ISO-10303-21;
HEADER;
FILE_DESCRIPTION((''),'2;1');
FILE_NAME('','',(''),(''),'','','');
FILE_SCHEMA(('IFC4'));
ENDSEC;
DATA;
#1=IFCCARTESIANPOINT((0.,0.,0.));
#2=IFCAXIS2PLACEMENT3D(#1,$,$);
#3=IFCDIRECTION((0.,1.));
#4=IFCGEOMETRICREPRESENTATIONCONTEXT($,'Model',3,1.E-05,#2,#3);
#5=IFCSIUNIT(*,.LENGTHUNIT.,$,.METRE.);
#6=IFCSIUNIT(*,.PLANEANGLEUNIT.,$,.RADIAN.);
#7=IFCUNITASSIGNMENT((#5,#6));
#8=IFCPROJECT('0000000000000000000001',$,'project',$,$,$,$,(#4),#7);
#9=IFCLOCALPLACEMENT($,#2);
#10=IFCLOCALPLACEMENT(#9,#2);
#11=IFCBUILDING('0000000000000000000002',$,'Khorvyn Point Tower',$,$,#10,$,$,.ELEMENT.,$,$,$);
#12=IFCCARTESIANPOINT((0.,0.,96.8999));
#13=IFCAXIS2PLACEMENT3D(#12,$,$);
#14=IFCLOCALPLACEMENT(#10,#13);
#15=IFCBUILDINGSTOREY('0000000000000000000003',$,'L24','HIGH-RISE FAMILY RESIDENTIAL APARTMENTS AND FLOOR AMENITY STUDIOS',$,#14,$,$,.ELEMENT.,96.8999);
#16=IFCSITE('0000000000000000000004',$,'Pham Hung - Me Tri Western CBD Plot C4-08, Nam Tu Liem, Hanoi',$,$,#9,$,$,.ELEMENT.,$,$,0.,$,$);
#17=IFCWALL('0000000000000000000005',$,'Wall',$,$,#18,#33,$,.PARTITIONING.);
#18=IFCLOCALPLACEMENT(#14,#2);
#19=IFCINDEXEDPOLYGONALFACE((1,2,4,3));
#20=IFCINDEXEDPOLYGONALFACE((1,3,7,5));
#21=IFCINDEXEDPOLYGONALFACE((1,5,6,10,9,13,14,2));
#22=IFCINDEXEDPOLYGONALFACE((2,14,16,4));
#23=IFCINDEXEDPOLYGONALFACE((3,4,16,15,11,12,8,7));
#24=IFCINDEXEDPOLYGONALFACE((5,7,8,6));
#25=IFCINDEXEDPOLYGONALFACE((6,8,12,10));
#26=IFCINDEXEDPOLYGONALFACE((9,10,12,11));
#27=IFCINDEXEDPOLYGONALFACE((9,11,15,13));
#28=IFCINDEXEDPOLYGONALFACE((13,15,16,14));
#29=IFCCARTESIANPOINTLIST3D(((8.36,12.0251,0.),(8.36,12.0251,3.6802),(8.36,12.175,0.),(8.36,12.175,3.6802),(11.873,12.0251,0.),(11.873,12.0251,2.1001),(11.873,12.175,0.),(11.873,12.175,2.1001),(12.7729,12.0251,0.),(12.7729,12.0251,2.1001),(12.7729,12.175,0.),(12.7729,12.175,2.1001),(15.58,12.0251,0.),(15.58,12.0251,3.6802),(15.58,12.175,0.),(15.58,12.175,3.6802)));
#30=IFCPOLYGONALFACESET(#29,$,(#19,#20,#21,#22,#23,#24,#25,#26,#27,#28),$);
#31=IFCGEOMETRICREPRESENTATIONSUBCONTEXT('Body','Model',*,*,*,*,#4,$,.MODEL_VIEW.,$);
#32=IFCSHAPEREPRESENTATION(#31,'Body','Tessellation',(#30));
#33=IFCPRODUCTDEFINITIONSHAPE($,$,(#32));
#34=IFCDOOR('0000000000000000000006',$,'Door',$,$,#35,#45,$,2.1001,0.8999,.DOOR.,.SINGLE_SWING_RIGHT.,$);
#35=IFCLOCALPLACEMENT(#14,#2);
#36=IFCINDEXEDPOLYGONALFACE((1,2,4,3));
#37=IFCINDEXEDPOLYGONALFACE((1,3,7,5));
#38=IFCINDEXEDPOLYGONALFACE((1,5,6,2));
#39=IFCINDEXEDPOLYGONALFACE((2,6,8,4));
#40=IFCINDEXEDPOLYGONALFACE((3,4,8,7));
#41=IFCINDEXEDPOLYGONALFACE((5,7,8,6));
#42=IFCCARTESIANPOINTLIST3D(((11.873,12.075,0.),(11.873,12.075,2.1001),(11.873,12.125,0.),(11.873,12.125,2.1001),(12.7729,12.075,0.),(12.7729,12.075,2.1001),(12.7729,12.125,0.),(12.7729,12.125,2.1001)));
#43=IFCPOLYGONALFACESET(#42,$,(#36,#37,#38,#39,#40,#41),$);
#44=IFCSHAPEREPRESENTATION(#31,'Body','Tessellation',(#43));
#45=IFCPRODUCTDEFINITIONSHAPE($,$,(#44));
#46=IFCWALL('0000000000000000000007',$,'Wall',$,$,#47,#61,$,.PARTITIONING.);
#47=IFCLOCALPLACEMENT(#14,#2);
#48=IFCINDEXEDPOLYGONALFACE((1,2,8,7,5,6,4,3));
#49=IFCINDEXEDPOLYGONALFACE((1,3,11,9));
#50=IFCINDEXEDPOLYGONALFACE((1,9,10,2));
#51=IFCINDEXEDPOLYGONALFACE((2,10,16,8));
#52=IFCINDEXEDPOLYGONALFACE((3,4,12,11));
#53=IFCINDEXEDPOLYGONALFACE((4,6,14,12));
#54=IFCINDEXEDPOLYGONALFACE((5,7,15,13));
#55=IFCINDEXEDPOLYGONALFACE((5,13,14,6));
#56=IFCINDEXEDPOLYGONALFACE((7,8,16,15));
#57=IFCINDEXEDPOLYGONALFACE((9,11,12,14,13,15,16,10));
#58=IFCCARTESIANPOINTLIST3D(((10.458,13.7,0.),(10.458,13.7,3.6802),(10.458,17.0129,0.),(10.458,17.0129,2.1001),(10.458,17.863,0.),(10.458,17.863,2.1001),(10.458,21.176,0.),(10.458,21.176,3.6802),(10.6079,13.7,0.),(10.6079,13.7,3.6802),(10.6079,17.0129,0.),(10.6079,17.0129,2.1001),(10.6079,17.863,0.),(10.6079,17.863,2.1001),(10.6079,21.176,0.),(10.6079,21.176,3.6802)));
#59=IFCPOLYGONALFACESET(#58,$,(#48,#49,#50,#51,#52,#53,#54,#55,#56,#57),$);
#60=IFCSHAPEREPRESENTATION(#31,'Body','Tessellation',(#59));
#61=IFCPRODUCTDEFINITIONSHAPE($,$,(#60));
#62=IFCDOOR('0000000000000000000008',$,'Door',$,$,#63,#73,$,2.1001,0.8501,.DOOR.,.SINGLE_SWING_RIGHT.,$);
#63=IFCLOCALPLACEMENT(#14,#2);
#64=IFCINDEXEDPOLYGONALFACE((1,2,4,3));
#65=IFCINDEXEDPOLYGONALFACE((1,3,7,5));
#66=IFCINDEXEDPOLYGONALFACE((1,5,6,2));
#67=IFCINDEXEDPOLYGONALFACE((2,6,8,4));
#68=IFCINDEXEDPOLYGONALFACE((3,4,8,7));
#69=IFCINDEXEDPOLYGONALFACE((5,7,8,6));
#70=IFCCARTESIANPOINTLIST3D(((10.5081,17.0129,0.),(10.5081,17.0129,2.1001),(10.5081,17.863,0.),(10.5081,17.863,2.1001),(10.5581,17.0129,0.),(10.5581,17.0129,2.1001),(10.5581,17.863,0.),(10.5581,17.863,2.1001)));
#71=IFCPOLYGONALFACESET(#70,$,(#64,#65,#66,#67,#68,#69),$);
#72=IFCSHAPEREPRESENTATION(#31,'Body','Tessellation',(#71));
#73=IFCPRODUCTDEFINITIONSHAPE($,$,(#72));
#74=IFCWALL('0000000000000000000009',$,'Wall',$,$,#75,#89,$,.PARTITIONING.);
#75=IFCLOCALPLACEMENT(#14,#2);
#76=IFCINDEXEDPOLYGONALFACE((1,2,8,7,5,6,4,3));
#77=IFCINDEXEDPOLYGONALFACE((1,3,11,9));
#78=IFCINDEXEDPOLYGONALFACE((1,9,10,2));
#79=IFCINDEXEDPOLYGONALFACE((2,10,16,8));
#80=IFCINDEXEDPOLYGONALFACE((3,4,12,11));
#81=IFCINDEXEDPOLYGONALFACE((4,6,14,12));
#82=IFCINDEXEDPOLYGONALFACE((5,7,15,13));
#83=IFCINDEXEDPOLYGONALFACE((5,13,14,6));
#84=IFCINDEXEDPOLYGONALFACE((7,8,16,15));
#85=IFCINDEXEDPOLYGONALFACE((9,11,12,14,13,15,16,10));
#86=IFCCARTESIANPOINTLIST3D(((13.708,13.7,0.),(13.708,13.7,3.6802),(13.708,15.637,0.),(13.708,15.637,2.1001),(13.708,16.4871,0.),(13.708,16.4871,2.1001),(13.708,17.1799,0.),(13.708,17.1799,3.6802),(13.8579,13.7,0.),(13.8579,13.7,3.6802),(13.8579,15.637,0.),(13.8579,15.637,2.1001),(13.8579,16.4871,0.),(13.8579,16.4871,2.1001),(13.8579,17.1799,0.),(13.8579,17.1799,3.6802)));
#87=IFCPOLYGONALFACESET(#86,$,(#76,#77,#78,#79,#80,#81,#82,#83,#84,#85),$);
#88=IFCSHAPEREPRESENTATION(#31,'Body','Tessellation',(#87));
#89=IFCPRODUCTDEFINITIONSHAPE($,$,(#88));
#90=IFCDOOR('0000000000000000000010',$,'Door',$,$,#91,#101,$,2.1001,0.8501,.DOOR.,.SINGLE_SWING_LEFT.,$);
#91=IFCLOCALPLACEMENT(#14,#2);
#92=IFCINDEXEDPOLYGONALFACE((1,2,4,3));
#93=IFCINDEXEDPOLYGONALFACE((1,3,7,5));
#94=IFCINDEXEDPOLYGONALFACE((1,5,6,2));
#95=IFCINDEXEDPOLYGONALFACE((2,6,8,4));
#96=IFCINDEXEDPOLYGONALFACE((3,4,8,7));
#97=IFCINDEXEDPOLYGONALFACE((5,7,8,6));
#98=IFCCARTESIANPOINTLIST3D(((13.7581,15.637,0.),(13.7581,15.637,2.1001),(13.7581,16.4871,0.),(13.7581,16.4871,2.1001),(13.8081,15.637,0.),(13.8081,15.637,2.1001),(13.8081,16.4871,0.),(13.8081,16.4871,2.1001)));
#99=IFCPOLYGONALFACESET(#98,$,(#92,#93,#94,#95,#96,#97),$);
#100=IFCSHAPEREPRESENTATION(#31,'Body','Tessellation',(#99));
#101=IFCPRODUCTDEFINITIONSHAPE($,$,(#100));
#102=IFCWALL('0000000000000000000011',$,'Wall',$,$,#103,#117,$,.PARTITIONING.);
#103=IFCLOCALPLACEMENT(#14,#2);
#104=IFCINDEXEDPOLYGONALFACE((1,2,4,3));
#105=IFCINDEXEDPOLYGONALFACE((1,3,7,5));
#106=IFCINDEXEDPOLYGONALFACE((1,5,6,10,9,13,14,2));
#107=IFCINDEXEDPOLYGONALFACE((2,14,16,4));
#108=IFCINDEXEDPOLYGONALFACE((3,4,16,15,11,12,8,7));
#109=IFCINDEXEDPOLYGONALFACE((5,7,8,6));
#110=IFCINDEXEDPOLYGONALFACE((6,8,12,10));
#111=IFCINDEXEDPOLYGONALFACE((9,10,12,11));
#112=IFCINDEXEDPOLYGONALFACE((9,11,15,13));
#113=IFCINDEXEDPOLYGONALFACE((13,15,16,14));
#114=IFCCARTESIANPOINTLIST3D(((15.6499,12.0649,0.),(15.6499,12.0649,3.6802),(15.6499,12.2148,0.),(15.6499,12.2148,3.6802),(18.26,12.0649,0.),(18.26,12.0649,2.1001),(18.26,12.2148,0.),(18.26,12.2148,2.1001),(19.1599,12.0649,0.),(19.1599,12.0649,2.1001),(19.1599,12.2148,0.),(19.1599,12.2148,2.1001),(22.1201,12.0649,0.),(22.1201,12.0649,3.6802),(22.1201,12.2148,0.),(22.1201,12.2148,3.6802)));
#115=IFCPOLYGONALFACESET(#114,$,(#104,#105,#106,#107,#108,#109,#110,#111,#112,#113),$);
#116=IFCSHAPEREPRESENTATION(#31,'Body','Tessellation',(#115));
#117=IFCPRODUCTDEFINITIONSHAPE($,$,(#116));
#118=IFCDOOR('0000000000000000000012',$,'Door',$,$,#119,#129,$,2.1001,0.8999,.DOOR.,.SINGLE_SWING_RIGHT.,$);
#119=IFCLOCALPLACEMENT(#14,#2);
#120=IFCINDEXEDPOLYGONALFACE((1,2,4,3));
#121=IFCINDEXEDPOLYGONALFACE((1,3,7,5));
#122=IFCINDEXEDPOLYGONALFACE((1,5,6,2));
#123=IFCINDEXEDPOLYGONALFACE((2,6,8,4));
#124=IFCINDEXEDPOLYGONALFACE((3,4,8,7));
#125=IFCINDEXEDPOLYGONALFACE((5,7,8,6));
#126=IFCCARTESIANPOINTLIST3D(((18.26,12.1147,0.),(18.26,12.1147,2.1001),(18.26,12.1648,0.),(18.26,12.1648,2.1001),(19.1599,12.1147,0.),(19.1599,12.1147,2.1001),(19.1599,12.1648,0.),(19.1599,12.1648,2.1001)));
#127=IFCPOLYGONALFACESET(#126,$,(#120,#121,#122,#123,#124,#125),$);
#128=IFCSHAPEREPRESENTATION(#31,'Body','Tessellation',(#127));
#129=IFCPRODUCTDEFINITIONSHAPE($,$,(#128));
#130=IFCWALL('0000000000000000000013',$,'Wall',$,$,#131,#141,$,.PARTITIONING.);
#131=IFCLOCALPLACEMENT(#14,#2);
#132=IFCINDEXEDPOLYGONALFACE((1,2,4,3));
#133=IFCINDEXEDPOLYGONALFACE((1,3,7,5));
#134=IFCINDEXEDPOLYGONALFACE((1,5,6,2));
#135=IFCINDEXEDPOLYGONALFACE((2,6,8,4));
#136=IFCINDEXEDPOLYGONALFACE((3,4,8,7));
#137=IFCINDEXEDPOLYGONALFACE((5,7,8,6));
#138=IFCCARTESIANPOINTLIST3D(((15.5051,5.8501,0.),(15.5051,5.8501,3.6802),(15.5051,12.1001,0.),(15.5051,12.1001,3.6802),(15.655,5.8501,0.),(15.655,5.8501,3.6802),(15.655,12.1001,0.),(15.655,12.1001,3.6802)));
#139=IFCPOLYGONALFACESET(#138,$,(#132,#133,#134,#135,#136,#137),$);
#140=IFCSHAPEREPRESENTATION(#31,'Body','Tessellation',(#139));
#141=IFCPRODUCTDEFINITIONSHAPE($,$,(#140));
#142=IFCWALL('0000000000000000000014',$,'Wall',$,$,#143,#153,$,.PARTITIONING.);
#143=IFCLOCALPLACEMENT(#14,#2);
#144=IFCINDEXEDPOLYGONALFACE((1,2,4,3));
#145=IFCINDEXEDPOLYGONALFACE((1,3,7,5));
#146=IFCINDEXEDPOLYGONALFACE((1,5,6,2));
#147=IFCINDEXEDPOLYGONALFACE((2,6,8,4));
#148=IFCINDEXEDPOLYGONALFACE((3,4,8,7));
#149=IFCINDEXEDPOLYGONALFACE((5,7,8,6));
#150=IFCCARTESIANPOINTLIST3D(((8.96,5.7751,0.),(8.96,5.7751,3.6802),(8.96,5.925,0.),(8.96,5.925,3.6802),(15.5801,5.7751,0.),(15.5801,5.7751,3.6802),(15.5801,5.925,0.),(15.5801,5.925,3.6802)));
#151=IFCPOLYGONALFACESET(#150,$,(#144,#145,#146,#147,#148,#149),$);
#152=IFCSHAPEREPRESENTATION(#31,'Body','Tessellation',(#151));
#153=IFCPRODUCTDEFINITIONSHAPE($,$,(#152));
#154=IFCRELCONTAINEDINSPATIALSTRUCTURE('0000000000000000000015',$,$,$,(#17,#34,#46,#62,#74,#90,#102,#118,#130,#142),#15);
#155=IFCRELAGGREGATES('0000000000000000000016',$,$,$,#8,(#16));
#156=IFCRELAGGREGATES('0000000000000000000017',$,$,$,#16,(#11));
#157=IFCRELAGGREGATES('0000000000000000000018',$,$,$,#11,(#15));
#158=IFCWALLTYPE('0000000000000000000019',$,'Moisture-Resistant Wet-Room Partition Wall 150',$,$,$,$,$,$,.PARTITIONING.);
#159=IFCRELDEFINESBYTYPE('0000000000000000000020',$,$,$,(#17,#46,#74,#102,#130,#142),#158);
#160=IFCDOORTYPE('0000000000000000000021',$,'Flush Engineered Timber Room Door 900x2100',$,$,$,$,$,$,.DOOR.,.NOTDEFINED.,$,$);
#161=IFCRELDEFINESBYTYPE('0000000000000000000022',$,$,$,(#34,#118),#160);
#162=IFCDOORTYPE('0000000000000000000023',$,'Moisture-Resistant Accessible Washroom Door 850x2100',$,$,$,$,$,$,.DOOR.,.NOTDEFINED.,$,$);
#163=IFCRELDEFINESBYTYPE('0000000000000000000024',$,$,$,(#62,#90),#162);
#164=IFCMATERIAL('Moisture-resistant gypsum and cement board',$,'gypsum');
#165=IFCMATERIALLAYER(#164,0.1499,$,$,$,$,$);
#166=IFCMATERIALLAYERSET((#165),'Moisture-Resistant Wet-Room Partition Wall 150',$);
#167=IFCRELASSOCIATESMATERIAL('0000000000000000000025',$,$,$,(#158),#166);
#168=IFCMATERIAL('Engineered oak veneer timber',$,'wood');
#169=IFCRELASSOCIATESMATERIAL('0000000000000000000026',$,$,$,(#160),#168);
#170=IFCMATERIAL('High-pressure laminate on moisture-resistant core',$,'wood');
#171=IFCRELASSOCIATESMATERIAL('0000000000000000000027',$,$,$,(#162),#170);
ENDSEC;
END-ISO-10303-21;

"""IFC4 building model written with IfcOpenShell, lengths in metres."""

from ifc_helpers import new_model, si_unit, direction, frame, frame_2d, origin, place, context, subcontext, project, spatial, rectangle, extrude, material, layer, layer_set, type_object, element, fill, save


model = new_model("IFC4")

# Units and contexts
model_context = context("Model", 3, precision=1e-05, world=origin(), true_north=direction((0.0, 1.0)))
body_context = subcontext(model_context, "Body", "Model", "MODEL_VIEW")
ifc_project = project(units=[si_unit("LENGTHUNIT", "METRE"), si_unit("PLANEANGLEUNIT", "RADIAN")], contexts=[model_context])

# Site, building, storey
site_placement = place(None, origin())
site = spatial("IfcSite", under=ifc_project, at=site_placement, Name="Pham Hung - Me Tri Western CBD Plot C4-08, Nam Tu Liem, Hanoi", CompositionType="ELEMENT", RefElevation=0.0)
building_placement = place(site_placement, origin())
building = spatial("IfcBuilding", under=site, at=building_placement, Name="Khorvyn Point Tower", CompositionType="ELEMENT")
storey_placement = place(building_placement, frame((0.0, 0.0, 96.8999)))
storey = spatial("IfcBuildingStorey", under=building, at=storey_placement, Name="L24", Description="HIGH-RISE FAMILY RESIDENTIAL APARTMENTS AND FLOOR AMENITY STUDIOS", CompositionType="ELEMENT", Elevation=96.8999)

# Walls, openings, doors
ifc_material_1 = material(Name="Moisture-resistant gypsum and cement board", Category="gypsum")
ifc_layer_1 = layer(ifc_material_1, 0.1499)
ifc_layer_set_1 = layer_set([ifc_layer_1], Name="Moisture-Resistant Wet-Room Partition Wall 150")
wall_type_1 = type_object("IfcWallType", Name="Moisture-Resistant Wet-Room Partition Wall 150", PredefinedType="PARTITIONING", material=ifc_layer_set_1)
wall_1_placement = place(storey_placement, frame((8.3601, 12.1001, 0.0), z_axis=(0.0, 0.0, 1.0), x_axis=(1.0, 0.0, 0.0)))
wall_1 = element("IfcWall", 1, at=wall_1_placement, inside=storey, type_object=wall_type_1, Name="Wall", PredefinedType="PARTITIONING", context=body_context, shape_type="SweptSolid", body=[
    extrude(rectangle(XDim=7.22, YDim=0.1499, at=frame_2d((3.6099, 0.0))), origin(), (0.0, 0.0, 1.0), 3.6802),
])
opening_1_placement = place(wall_1_placement, frame((3.5129, 0.0, 0.0)))
opening_1 = element("IfcOpeningElement", 2, at=opening_1_placement, cuts=wall_1, PredefinedType="OPENING", context=body_context, shape_type="SweptSolid", body=[
    extrude(rectangle(XDim=0.8999, YDim=2.1001, at=frame_2d((0.45, 1.05))), frame((0.0, 0.085, 0.0), z_axis=(0.0, -1.0, 0.0), x_axis=(1.0, 0.0, 0.0)), (0.0, 0.0, 1.0), 0.1699),
])
ifc_material_2 = material(Name="Engineered oak veneer timber", Category="wood")
door_type_1 = type_object("IfcDoorType", Name="Flush Engineered Timber Room Door 900x2100", OperationType="NOTDEFINED", PredefinedType="DOOR", material=ifc_material_2)
door_1_placement = place(opening_1_placement, origin())
door_1 = element("IfcDoor", 3, at=door_1_placement, inside=storey, type_object=door_type_1, Name="Door", OperationType="SINGLE_SWING_RIGHT", OverallHeight=2.1001, OverallWidth=0.8999, PredefinedType="DOOR", context=body_context, shape_type="SweptSolid", body=[
    extrude(rectangle(XDim=0.8999, YDim=2.1001, at=frame_2d((0.45, 1.05))), frame((0.0, 0.0249, 0.0), z_axis=(0.0, -1.0, 0.0), x_axis=(1.0, 0.0, 0.0)), (0.0, 0.0, 1.0), 0.05),
])
fill(opening_1, door_1)
wall_2_placement = place(storey_placement, frame((10.533, 13.7, 0.0), z_axis=(0.0, 0.0, 1.0), x_axis=(0.0, 1.0, 0.0)))
wall_2 = element("IfcWall", 4, at=wall_2_placement, inside=storey, type_object=wall_type_1, Name="Wall", PredefinedType="PARTITIONING", context=body_context, shape_type="SweptSolid", body=[
    extrude(rectangle(XDim=7.4761, YDim=0.1499, at=frame_2d((3.738, 0.0))), origin(), (0.0, 0.0, 1.0), 3.6802),
])
opening_2_placement = place(wall_2_placement, frame((3.313, 0.0, 0.0)))
opening_2 = element("IfcOpeningElement", 5, at=opening_2_placement, cuts=wall_2, PredefinedType="OPENING", context=body_context, shape_type="SweptSolid", body=[
    extrude(rectangle(XDim=0.8501, YDim=2.1001, at=frame_2d((0.425, 1.05))), frame((0.0, 0.085, 0.0), z_axis=(0.0, -1.0, 0.0), x_axis=(1.0, 0.0, 0.0)), (0.0, 0.0, 1.0), 0.1699),
])
ifc_material_3 = material(Name="High-pressure laminate on moisture-resistant core", Category="wood")
door_type_2 = type_object("IfcDoorType", Name="Moisture-Resistant Accessible Washroom Door 850x2100", OperationType="NOTDEFINED", PredefinedType="DOOR", material=ifc_material_3)
door_2_placement = place(opening_2_placement, origin())
door_2 = element("IfcDoor", 6, at=door_2_placement, inside=storey, type_object=door_type_2, Name="Door", OperationType="SINGLE_SWING_RIGHT", OverallHeight=2.1001, OverallWidth=0.8501, PredefinedType="DOOR", context=body_context, shape_type="SweptSolid", body=[
    extrude(rectangle(XDim=0.8501, YDim=2.1001, at=frame_2d((0.425, 1.05))), frame((0.0, 0.0249, 0.0), z_axis=(0.0, -1.0, 0.0), x_axis=(1.0, 0.0, 0.0)), (0.0, 0.0, 1.0), 0.05),
])
fill(opening_2, door_2)
wall_3_placement = place(storey_placement, frame((13.783, 13.7, 0.0), z_axis=(0.0, 0.0, 1.0), x_axis=(0.0, 1.0, 0.0)))
wall_3 = element("IfcWall", 7, at=wall_3_placement, inside=storey, type_object=wall_type_1, Name="Wall", PredefinedType="PARTITIONING", context=body_context, shape_type="SweptSolid", body=[
    extrude(rectangle(XDim=3.48, YDim=0.1499, at=frame_2d((1.74, 0.0))), origin(), (0.0, 0.0, 1.0), 3.6802),
])
opening_3_placement = place(wall_3_placement, frame((1.937, 0.0, 0.0)))
opening_3 = element("IfcOpeningElement", 8, at=opening_3_placement, cuts=wall_3, PredefinedType="OPENING", context=body_context, shape_type="SweptSolid", body=[
    extrude(rectangle(XDim=0.8501, YDim=2.1001, at=frame_2d((0.425, 1.05))), frame((0.0, 0.085, 0.0), z_axis=(0.0, -1.0, 0.0), x_axis=(1.0, 0.0, 0.0)), (0.0, 0.0, 1.0), 0.1699),
])
door_3_placement = place(opening_3_placement, origin())
door_3 = element("IfcDoor", 9, at=door_3_placement, inside=storey, type_object=door_type_2, Name="Door", OperationType="SINGLE_SWING_LEFT", OverallHeight=2.1001, OverallWidth=0.8501, PredefinedType="DOOR", context=body_context, shape_type="SweptSolid", body=[
    extrude(rectangle(XDim=0.8501, YDim=2.1001, at=frame_2d((0.425, 1.05))), frame((0.0, 0.0249, 0.0), z_axis=(0.0, -1.0, 0.0), x_axis=(1.0, 0.0, 0.0)), (0.0, 0.0, 1.0), 0.05),
])
fill(opening_3, door_3)
wall_4_placement = place(storey_placement, frame((15.6499, 12.1399, 0.0), z_axis=(0.0, 0.0, 1.0), x_axis=(1.0, 0.0, 0.0)))
wall_4 = element("IfcWall", 10, at=wall_4_placement, inside=storey, type_object=wall_type_1, Name="Wall", PredefinedType="PARTITIONING", context=body_context, shape_type="SweptSolid", body=[
    extrude(rectangle(XDim=6.4702, YDim=0.1499, at=frame_2d((3.2351, 0.0))), origin(), (0.0, 0.0, 1.0), 3.6802),
])
opening_4_placement = place(wall_4_placement, frame((2.6101, 0.0, 0.0)))
opening_4 = element("IfcOpeningElement", 11, at=opening_4_placement, cuts=wall_4, PredefinedType="OPENING", context=body_context, shape_type="SweptSolid", body=[
    extrude(rectangle(XDim=0.8999, YDim=2.1001, at=frame_2d((0.45, 1.05))), frame((0.0, 0.085, 0.0), z_axis=(0.0, -1.0, 0.0), x_axis=(1.0, 0.0, 0.0)), (0.0, 0.0, 1.0), 0.1699),
])
door_4_placement = place(opening_4_placement, origin())
door_4 = element("IfcDoor", 12, at=door_4_placement, inside=storey, type_object=door_type_1, Name="Door", OperationType="SINGLE_SWING_RIGHT", OverallHeight=2.1001, OverallWidth=0.8999, PredefinedType="DOOR", context=body_context, shape_type="SweptSolid", body=[
    extrude(rectangle(XDim=0.8999, YDim=2.1001, at=frame_2d((0.45, 1.05))), frame((0.0, 0.0249, 0.0), z_axis=(0.0, -1.0, 0.0), x_axis=(1.0, 0.0, 0.0)), (0.0, 0.0, 1.0), 0.05),
])
fill(opening_4, door_4)

# Walls
wall_5_placement = place(storey_placement, frame((15.5801, 5.8501, 0.0), z_axis=(0.0, 0.0, 1.0), x_axis=(0.0, 1.0, 0.0)))
element("IfcWall", 13, at=wall_5_placement, inside=storey, type_object=wall_type_1, Name="Wall", PredefinedType="PARTITIONING", context=body_context, shape_type="SweptSolid", body=[
    extrude(rectangle(XDim=6.25, YDim=0.1499, at=frame_2d((3.125, 0.0))), origin(), (0.0, 0.0, 1.0), 3.6802),
])
wall_6_placement = place(storey_placement, frame((8.96, 5.8501, 0.0), z_axis=(0.0, 0.0, 1.0), x_axis=(1.0, 0.0, 0.0)))
element("IfcWall", 14, at=wall_6_placement, inside=storey, type_object=wall_type_1, Name="Wall", PredefinedType="PARTITIONING", context=body_context, shape_type="SweptSolid", body=[
    extrude(rectangle(XDim=6.6201, YDim=0.1499, at=frame_2d((3.3101, 0.0))), origin(), (0.0, 0.0, 1.0), 3.6802),
])

save(model, "model.ifc")
